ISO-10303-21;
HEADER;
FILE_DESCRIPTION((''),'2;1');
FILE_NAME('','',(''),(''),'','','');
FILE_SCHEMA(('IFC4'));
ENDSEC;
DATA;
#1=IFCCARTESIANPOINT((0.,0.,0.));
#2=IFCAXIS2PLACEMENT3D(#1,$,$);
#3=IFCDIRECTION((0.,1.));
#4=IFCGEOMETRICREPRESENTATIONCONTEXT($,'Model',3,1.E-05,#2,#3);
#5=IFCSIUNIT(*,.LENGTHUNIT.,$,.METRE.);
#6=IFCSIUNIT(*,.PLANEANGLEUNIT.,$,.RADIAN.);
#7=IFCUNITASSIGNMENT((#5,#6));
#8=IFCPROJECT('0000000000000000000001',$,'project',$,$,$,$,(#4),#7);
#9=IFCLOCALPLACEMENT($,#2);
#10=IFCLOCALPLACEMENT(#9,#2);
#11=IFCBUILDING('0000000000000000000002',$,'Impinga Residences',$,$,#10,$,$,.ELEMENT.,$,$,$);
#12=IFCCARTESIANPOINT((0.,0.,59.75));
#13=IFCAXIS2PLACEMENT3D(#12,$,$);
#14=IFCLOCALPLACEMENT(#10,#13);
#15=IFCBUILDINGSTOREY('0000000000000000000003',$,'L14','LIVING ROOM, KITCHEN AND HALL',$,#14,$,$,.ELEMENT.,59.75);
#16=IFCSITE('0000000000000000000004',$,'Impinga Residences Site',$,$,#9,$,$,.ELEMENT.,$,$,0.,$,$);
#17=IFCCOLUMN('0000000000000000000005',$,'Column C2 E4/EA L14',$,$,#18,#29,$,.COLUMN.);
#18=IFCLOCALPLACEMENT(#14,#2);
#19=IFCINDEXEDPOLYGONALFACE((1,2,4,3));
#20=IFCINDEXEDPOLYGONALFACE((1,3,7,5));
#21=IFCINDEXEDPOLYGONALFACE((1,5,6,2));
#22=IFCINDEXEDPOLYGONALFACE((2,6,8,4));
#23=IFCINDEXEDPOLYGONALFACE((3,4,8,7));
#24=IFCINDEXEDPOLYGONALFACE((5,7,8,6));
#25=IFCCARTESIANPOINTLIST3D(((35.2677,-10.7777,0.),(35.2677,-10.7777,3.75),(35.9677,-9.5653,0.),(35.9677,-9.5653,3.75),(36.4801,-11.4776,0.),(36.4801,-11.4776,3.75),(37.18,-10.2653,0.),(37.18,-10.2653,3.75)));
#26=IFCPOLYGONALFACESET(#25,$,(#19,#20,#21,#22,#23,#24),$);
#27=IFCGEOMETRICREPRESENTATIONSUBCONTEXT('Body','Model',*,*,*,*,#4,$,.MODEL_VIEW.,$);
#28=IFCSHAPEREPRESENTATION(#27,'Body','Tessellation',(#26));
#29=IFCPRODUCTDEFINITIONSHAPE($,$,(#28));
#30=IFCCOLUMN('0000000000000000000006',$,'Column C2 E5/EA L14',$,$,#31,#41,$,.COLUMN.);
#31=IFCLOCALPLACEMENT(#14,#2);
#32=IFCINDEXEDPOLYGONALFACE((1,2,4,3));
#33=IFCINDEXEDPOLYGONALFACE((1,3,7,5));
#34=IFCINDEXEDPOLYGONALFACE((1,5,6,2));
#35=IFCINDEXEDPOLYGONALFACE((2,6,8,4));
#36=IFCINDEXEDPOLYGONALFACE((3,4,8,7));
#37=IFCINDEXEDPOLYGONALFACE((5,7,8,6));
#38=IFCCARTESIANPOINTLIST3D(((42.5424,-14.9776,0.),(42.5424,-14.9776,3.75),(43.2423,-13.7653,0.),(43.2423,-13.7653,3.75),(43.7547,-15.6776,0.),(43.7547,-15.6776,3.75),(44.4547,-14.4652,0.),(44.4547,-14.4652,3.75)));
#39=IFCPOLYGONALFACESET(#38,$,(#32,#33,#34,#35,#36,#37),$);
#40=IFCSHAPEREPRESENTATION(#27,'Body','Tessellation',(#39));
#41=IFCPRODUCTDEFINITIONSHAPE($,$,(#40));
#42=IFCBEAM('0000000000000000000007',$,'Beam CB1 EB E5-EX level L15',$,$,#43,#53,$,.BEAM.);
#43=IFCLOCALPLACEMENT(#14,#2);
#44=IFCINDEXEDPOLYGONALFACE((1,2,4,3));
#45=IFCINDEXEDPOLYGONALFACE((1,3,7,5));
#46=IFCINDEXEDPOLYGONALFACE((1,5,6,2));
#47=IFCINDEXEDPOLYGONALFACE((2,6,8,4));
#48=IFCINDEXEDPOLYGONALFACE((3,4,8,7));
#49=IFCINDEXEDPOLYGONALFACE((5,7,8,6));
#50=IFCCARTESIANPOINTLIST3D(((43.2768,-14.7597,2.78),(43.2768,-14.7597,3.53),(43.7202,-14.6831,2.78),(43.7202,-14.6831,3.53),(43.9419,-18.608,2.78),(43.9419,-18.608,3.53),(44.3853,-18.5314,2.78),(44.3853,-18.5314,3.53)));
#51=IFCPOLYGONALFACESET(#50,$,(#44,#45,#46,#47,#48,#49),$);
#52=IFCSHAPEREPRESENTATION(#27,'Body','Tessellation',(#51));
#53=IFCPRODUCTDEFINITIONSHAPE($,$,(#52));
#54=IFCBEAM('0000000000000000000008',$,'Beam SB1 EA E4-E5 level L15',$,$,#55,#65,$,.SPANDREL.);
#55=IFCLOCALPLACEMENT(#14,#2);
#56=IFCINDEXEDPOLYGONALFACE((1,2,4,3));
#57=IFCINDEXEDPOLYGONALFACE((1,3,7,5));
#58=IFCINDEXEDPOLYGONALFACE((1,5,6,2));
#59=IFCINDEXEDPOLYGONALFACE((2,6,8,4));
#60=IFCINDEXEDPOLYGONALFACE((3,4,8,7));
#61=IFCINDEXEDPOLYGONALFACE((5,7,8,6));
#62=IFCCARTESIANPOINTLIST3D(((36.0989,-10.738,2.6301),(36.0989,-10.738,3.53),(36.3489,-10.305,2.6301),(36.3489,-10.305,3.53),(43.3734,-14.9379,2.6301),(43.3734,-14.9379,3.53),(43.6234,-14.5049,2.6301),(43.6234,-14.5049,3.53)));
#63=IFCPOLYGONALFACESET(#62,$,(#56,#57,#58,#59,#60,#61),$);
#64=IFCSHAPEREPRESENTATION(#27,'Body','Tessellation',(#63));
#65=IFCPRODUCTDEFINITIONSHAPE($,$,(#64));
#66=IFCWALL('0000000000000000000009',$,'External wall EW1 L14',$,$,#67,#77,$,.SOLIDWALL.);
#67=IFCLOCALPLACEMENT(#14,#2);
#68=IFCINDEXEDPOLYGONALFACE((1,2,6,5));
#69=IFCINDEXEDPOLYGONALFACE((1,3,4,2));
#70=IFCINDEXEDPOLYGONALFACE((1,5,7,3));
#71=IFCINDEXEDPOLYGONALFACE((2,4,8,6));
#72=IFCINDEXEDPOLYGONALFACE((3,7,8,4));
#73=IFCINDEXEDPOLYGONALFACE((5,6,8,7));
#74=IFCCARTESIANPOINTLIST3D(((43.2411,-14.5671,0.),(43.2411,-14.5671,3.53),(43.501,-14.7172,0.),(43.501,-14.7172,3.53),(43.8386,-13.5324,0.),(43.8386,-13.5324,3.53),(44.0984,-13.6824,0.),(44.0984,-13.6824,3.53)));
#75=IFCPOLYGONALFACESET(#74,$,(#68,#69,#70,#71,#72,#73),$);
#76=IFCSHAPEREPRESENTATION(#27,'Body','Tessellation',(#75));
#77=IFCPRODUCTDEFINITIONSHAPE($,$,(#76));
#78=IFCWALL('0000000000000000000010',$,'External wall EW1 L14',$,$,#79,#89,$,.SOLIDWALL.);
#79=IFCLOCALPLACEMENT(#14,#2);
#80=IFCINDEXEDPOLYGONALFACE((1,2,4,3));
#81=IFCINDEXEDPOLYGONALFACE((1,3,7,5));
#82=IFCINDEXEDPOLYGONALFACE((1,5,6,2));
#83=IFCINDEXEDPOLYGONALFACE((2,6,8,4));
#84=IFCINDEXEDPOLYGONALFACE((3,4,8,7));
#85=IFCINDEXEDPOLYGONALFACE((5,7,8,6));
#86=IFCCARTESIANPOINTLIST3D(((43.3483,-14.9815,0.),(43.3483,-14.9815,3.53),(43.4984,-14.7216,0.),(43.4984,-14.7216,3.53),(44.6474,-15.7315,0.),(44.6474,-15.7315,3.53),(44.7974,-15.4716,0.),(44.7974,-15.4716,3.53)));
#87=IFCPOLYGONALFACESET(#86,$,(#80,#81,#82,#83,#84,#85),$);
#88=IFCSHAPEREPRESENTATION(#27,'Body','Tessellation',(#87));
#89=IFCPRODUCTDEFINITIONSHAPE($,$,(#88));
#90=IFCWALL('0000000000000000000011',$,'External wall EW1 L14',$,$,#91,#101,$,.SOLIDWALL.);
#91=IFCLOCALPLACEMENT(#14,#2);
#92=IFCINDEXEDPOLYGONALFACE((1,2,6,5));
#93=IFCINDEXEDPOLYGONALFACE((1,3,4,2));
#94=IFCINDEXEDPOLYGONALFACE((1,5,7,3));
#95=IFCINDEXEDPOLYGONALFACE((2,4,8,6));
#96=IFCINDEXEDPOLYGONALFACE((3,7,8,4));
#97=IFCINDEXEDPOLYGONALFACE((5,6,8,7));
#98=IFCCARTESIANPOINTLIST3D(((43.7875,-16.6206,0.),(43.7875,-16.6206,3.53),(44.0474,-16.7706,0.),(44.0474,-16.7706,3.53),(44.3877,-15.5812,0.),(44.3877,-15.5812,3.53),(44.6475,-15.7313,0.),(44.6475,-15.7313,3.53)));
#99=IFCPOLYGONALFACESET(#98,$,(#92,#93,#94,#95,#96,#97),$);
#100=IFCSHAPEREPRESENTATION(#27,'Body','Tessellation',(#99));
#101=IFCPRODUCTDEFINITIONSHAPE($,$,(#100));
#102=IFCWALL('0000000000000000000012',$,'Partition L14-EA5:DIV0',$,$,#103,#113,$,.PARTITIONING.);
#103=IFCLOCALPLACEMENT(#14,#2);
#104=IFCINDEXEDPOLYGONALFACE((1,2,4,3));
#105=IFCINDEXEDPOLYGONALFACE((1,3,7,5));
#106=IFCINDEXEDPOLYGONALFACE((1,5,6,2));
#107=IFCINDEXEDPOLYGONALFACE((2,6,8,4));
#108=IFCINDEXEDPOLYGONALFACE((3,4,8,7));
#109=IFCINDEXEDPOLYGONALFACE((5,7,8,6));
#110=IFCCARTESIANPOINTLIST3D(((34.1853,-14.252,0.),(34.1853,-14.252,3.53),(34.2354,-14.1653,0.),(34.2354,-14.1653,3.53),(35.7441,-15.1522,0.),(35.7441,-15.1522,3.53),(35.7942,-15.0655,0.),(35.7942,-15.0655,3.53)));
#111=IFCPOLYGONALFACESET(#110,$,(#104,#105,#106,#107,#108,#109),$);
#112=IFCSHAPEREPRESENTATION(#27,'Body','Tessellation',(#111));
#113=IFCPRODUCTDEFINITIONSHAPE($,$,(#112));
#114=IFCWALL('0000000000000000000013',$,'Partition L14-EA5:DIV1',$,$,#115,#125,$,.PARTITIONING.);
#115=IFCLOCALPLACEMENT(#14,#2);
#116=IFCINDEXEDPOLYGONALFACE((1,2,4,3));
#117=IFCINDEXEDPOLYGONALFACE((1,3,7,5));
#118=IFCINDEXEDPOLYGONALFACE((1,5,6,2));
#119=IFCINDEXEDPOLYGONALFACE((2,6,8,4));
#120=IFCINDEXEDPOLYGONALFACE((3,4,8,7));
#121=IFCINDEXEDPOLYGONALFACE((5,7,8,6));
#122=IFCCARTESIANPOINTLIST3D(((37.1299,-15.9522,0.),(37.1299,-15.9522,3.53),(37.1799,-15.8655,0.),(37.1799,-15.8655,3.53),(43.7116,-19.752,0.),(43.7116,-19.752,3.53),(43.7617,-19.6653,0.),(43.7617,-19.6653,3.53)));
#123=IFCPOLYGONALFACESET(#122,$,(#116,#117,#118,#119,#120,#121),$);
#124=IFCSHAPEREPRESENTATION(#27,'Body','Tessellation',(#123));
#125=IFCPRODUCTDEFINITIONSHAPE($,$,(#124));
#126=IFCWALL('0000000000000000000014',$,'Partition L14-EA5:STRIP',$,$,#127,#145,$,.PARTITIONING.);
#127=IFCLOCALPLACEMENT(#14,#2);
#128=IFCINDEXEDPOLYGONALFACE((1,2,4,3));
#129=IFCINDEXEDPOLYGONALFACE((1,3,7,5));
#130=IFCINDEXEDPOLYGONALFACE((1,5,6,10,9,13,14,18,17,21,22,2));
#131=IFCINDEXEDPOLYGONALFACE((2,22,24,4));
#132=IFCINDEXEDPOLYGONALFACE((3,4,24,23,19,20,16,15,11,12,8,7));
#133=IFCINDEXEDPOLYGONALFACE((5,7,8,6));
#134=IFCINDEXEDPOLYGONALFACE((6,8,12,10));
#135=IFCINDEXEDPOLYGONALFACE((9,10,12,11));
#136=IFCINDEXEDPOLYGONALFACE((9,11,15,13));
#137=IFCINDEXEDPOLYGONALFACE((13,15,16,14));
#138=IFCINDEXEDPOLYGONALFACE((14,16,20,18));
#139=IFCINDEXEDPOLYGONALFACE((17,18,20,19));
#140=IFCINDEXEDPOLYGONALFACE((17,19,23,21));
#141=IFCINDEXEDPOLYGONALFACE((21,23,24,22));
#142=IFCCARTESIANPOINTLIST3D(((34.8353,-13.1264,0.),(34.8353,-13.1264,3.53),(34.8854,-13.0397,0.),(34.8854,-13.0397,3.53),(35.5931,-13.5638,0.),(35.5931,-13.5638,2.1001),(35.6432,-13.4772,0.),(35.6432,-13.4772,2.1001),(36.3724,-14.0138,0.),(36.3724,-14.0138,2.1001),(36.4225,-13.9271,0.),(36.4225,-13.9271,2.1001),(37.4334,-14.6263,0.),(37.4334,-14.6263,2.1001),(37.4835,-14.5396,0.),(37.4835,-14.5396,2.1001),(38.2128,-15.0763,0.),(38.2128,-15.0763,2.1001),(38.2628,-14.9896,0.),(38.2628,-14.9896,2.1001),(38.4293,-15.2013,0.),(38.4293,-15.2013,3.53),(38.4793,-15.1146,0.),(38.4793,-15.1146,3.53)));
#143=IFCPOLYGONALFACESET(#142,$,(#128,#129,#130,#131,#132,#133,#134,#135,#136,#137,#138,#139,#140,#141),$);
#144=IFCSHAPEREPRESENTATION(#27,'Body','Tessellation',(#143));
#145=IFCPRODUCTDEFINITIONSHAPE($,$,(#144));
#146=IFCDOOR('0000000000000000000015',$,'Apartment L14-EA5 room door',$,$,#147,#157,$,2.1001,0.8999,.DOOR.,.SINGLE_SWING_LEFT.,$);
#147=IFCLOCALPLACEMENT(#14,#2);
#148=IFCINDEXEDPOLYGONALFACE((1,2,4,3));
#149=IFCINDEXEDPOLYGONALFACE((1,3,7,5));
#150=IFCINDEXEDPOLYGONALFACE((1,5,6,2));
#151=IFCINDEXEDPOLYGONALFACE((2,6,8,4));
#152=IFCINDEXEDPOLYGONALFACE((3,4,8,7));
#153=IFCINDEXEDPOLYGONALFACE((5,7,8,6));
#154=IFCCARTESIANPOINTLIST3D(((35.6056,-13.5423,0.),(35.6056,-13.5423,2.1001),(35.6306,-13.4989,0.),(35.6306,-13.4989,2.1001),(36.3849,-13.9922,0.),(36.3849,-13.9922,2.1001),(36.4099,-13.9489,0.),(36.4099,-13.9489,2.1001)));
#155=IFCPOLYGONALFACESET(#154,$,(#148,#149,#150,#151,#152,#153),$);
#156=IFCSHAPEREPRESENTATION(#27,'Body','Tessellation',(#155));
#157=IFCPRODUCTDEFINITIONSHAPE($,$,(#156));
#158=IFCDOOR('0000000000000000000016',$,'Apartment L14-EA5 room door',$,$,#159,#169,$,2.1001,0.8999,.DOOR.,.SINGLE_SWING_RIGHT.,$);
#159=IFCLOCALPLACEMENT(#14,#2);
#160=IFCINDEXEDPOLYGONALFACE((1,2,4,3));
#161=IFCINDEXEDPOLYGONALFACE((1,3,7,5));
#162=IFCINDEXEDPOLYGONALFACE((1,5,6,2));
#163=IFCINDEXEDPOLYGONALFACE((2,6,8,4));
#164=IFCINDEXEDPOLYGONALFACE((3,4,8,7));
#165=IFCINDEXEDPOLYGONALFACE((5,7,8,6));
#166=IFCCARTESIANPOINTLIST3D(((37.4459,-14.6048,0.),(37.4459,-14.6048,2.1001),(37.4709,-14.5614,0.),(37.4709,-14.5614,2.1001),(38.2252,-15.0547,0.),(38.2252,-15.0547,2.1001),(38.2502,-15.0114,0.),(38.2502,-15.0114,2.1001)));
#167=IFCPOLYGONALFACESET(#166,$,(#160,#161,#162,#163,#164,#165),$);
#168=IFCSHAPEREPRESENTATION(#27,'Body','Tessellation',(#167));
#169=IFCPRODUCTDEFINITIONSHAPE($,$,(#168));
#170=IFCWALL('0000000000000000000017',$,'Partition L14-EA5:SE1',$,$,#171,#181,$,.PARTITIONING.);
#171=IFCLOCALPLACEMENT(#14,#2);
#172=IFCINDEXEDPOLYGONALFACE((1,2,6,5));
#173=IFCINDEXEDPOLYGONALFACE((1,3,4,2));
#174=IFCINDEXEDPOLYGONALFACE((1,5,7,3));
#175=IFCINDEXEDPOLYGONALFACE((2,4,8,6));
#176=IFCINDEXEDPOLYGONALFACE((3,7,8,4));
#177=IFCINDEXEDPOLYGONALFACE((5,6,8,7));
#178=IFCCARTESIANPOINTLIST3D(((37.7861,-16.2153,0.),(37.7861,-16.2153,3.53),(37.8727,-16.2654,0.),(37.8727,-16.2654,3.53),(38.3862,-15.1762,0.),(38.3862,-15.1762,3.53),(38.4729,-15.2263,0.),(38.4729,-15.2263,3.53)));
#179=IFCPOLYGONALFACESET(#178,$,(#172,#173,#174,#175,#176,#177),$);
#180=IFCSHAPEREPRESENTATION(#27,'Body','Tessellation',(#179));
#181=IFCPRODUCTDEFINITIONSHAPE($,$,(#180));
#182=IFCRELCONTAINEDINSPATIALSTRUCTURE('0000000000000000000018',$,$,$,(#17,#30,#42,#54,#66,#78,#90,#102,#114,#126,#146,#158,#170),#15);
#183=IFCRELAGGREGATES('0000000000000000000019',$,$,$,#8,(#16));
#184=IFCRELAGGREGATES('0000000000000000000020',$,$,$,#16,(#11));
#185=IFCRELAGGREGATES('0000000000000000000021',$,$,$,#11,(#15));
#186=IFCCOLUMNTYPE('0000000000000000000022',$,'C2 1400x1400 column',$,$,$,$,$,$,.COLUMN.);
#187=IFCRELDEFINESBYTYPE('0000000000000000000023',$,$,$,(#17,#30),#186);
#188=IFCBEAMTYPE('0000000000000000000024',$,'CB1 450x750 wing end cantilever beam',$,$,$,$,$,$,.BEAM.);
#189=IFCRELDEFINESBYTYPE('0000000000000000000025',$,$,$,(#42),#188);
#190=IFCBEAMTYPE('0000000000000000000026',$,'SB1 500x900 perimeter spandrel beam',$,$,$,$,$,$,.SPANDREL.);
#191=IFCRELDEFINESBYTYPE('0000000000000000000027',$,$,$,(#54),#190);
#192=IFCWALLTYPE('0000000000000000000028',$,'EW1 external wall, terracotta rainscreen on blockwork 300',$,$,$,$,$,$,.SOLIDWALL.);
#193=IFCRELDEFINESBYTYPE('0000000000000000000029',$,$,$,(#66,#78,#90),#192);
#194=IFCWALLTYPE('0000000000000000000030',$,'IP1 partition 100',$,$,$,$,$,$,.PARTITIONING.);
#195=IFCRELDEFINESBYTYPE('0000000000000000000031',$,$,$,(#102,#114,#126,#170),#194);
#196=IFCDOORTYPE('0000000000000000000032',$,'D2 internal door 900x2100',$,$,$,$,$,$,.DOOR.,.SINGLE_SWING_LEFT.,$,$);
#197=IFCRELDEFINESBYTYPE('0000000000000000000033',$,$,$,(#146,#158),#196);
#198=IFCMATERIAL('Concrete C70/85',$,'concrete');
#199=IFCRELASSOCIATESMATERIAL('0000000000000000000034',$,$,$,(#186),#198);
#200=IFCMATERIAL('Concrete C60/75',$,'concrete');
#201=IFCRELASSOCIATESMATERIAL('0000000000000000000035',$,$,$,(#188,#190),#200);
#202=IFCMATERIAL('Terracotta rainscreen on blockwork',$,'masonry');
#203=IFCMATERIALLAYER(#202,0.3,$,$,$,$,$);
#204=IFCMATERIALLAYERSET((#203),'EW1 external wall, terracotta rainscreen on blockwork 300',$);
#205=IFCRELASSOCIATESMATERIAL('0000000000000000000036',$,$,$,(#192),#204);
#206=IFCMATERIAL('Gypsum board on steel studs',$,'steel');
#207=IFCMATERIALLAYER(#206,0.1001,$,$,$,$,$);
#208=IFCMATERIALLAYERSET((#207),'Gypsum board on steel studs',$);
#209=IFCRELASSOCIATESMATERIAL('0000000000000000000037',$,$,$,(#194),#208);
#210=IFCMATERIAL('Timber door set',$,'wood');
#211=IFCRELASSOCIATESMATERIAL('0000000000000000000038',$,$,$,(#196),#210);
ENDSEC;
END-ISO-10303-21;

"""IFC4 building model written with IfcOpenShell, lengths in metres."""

from ifc_helpers import new_model, si_unit, direction, frame, frame_2d, origin, origin_2d, place, context, subcontext, project, spatial, rectangle, extrude, material, layer, layer_set, material_profile, profile_set, type_object, element, fill, save


model = new_model("IFC4")

# Units and contexts
model_context = context("Model", 3, precision=1e-05, world=origin(), true_north=direction((0.0, 1.0)))
body_context = subcontext(model_context, "Body", "Model", "MODEL_VIEW")
ifc_project = project(units=[si_unit("LENGTHUNIT", "METRE"), si_unit("PLANEANGLEUNIT", "RADIAN")], contexts=[model_context])

# Site, building, storey
site_placement = place(None, origin())
site = spatial("IfcSite", under=ifc_project, at=site_placement, Name="Impinga Residences Site", CompositionType="ELEMENT", RefElevation=0.0)
building_placement = place(site_placement, origin())
building = spatial("IfcBuilding", under=site, at=building_placement, Name="Impinga Residences", CompositionType="ELEMENT")
storey_placement = place(building_placement, frame((0.0, 0.0, 59.75)))
storey = spatial("IfcBuildingStorey", under=building, at=storey_placement, Name="L14", Description="LIVING ROOM, KITCHEN AND HALL", CompositionType="ELEMENT", Elevation=59.75)

# Columns
ifc_material_1 = material(Name="Concrete C70/85", Category="concrete")
ifc_material_profile_1 = material_profile(ifc_material_1, rectangle(XDim=1.3999, YDim=1.3999, at=origin_2d()), Name="RC 1400x1400")
ifc_profile_set_1 = profile_set([ifc_material_profile_1], Name="Concrete C70/85")
column_type = type_object("IfcColumnType", Name="C2 1400x1400 column", PredefinedType="COLUMN", material=ifc_profile_set_1)
for number, where, z_axis, x_axis, name in (
    (1, (36.2239, -10.5215, 0.0), (0.0, 0.0, 1.0), (-0.5, -0.866025, 0.0), "Column C2 E4/EA L14"),
    (2, (43.4985, -14.7214, 0.0), (0.0, 0.0, 1.0), (-0.5, -0.866025, 0.0), "Column C2 E5/EA L14"),
):
    element("IfcColumn", number, at=place(storey_placement, frame(where, z_axis=z_axis, x_axis=x_axis)), inside=storey, type_object=column_type, Name=name, PredefinedType="COLUMN", context=body_context, shape_type="SweptSolid", body=[
        extrude(rectangle(XDim=1.3999, YDim=1.3999, at=origin_2d()), origin(), (0.0, 0.0, 1.0), 3.75),
    ])

# Beams
ifc_material_2 = material(Name="Concrete C60/75", Category="concrete")
ifc_material_profile_2 = material_profile(ifc_material_2, rectangle(XDim=0.45, YDim=0.75, at=origin_2d()), Name="RC 450x750")
ifc_profile_set_2 = profile_set([ifc_material_profile_2], Name="Concrete C60/75")
beam_type_1 = type_object("IfcBeamType", Name="CB1 450x750 wing end cantilever beam", PredefinedType="BEAM", material=ifc_profile_set_2)
beam_1_placement = place(storey_placement, frame((43.4985, -14.7214, 3.155), z_axis=(0.170296, -0.985393, 0.0), x_axis=(0.985393, 0.170296, 0.0)))
element("IfcBeam", 3, at=beam_1_placement, inside=storey, type_object=beam_type_1, Name="Beam CB1 EB E5-EX level L15", PredefinedType="BEAM", context=body_context, shape_type="SweptSolid", body=[
    extrude(rectangle(XDim=0.45, YDim=0.75, at=origin_2d()), origin(), (0.0, 0.0, 1.0), 3.9053),
])
ifc_material_profile_3 = material_profile(ifc_material_2, rectangle(XDim=0.5, YDim=0.8999, at=origin_2d()), Name="RC 500x900")
ifc_profile_set_3 = profile_set([ifc_material_profile_3], Name="Concrete C60/75")
beam_type_2 = type_object("IfcBeamType", Name="SB1 500x900 perimeter spandrel beam", PredefinedType="SPANDREL", material=ifc_profile_set_3)
beam_2_placement = place(storey_placement, frame((36.2239, -10.5215, 3.0801), z_axis=(0.866029, -0.499993, 0.0), x_axis=(0.499993, 0.866029, 0.0)))
element("IfcBeam", 4, at=beam_2_placement, inside=storey, type_object=beam_type_2, Name="Beam SB1 EA E4-E5 level L15", PredefinedType="SPANDREL", context=body_context, shape_type="SweptSolid", body=[
    extrude(rectangle(XDim=0.5, YDim=0.8999, at=origin_2d()), origin(), (0.0, 0.0, 1.0), 8.3999),
])

# Walls
ifc_material_3 = material(Name="Terracotta rainscreen on blockwork", Category="masonry")
ifc_layer_1 = layer(ifc_material_3, 0.3)
ifc_layer_set_1 = layer_set([ifc_layer_1], Name="EW1 external wall, terracotta rainscreen on blockwork 300")
wall_type_1 = type_object("IfcWallType", Name="EW1 external wall, terracotta rainscreen on blockwork 300", PredefinedType="SOLIDWALL", material=ifc_layer_set_1)
wall_1_placement = place(storey_placement, frame((43.9685, -13.6074, 0.0), z_axis=(0.0, 0.0, 1.0), x_axis=(-0.500029, -0.866009, 0.0)))
element("IfcWall", 5, at=wall_1_placement, inside=storey, type_object=wall_type_1, Name="External wall EW1 L14", PredefinedType="SOLIDWALL", context=body_context, shape_type="SweptSolid", body=[
    extrude(rectangle(XDim=1.1948, YDim=0.3, at=frame_2d((0.5974, 0.0))), origin(), (0.0, 0.0, 1.0), 3.53),
])
wall_2_placement = place(storey_placement, frame((43.4233, -14.8516, 0.0), z_axis=(0.0, 0.0, 1.0), x_axis=(0.866031, -0.49999, 0.0)))
element("IfcWall", 6, at=wall_2_placement, inside=storey, type_object=wall_type_1, Name="External wall EW1 L14", PredefinedType="SOLIDWALL", context=body_context, shape_type="SweptSolid", body=[
    extrude(rectangle(XDim=1.5, YDim=0.3, at=frame_2d((0.75, 0.0))), origin(), (0.0, 0.0, 1.0), 3.53),
])
wall_3_placement = place(storey_placement, frame((44.5176, -15.6562, 0.0), z_axis=(0.0, 0.0, 1.0), x_axis=(-0.500034, -0.866006, 0.0)))
element("IfcWall", 7, at=wall_3_placement, inside=storey, type_object=wall_type_1, Name="External wall EW1 L14", PredefinedType="SOLIDWALL", context=body_context, shape_type="SweptSolid", body=[
    extrude(rectangle(XDim=1.2002, YDim=0.3, at=frame_2d((0.6001, 0.0))), origin(), (0.0, 0.0, 1.0), 3.53),
])
ifc_material_4 = material(Name="Gypsum board on steel studs", Category="steel")
ifc_layer_2 = layer(ifc_material_4, 0.1001)
ifc_layer_set_2 = layer_set([ifc_layer_2], Name="Gypsum board on steel studs")
wall_type_2 = type_object("IfcWallType", Name="IP1 partition 100", PredefinedType="PARTITIONING", material=ifc_layer_set_2)
wall_4_placement = place(storey_placement, frame((34.2104, -14.2087, 0.0), z_axis=(0.0, 0.0, 1.0), x_axis=(0.865989, -0.500063, 0.0)))
element("IfcWall", 8, at=wall_4_placement, inside=storey, type_object=wall_type_2, Name="Partition L14-EA5:DIV0", PredefinedType="PARTITIONING", context=body_context, shape_type="SweptSolid", body=[
    extrude(rectangle(XDim=1.8, YDim=0.1001, at=frame_2d((0.8999, 0.0))), origin(), (0.0, 0.0, 1.0), 3.53),
])
wall_5_placement = place(storey_placement, frame((37.155, -15.9089, 0.0), z_axis=(0.0, 0.0, 1.0), x_axis=(0.866036, -0.499981, 0.0)))
element("IfcWall", 9, at=wall_5_placement, inside=storey, type_object=wall_type_2, Name="Partition L14-EA5:DIV1", PredefinedType="PARTITIONING", context=body_context, shape_type="SweptSolid", body=[
    extrude(rectangle(XDim=7.5999, YDim=0.1001, at=frame_2d((3.7998, 0.0))), origin(), (0.0, 0.0, 1.0), 3.53),
])

# Wall, openings, doors
wall_6_placement = place(storey_placement, frame((34.8604, -13.083, 0.0), z_axis=(0.0, 0.0, 1.0), x_axis=(0.86603, -0.499992, 0.0)))
wall_6 = element("IfcWall", 10, at=wall_6_placement, inside=storey, type_object=wall_type_2, Name="Partition L14-EA5:STRIP", PredefinedType="PARTITIONING", context=body_context, shape_type="SweptSolid", body=[
    extrude(rectangle(XDim=4.1499, YDim=0.1001, at=frame_2d((2.075, 0.0))), origin(), (0.0, 0.0, 1.0), 3.53),
])
opening_1_placement = place(wall_6_placement, frame((0.875, 0.0, 0.0)))
opening_1 = element("IfcOpeningElement", 11, at=opening_1_placement, cuts=wall_6, PredefinedType="OPENING", context=body_context, shape_type="SweptSolid", body=[
    extrude(rectangle(XDim=0.8999, YDim=2.1001, at=frame_2d((0.45, 1.05))), frame((0.0, 0.0601, 0.0), z_axis=(0.0, -1.0, 0.0), x_axis=(1.0, 0.0, 0.0)), (0.0, 0.0, 1.0), 0.1201),
])
opening_2_placement = place(wall_6_placement, frame((3.0, 0.0, 0.0)))
opening_2 = element("IfcOpeningElement", 12, at=opening_2_placement, cuts=wall_6, PredefinedType="OPENING", context=body_context, shape_type="SweptSolid", body=[
    extrude(rectangle(XDim=0.8999, YDim=2.1001, at=frame_2d((0.45, 1.05))), frame((0.0, 0.0601, 0.0), z_axis=(0.0, -1.0, 0.0), x_axis=(1.0, 0.0, 0.0)), (0.0, 0.0, 1.0), 0.1201),
])
ifc_material_5 = material(Name="Timber door set", Category="wood")
door_type = type_object("IfcDoorType", Name="D2 internal door 900x2100", OperationType="SINGLE_SWING_LEFT", PredefinedType="DOOR", material=ifc_material_5)
door_1_placement = place(opening_1_placement, origin())
door_1 = element("IfcDoor", 13, at=door_1_placement, inside=storey, type_object=door_type, Name="Apartment L14-EA5 room door", OperationType="SINGLE_SWING_LEFT", OverallHeight=2.1001, OverallWidth=0.8999, PredefinedType="DOOR", context=body_context, shape_type="SweptSolid", body=[
    extrude(rectangle(XDim=0.8999, YDim=2.1001, at=frame_2d((0.45, 1.05))), frame((0.0, 0.0249, 0.0), z_axis=(0.0, -1.0, 0.0), x_axis=(1.0, 0.0, 0.0)), (0.0, 0.0, 1.0), 0.05),
])
fill(opening_1, door_1)
door_2_placement = place(opening_2_placement, origin())
door_2 = element("IfcDoor", 14, at=door_2_placement, inside=storey, type_object=door_type, Name="Apartment L14-EA5 room door", OperationType="SINGLE_SWING_RIGHT", OverallHeight=2.1001, OverallWidth=0.8999, PredefinedType="DOOR", context=body_context, shape_type="SweptSolid", body=[
    extrude(rectangle(XDim=0.8999, YDim=2.1001, at=frame_2d((0.45, 1.05))), frame((0.0, 0.0249, 0.0), z_axis=(0.0, -1.0, 0.0), x_axis=(1.0, 0.0, 0.0)), (0.0, 0.0, 1.0), 0.05),
])
fill(opening_2, door_2)

# Wall
wall_7_placement = place(storey_placement, frame((37.8293, -16.2405, 0.0), z_axis=(0.0, 0.0, 1.0), x_axis=(0.500122, 0.865955, 0.0)))
element("IfcWall", 15, at=wall_7_placement, inside=storey, type_object=wall_type_2, Name="Partition L14-EA5:SE1", PredefinedType="PARTITIONING", context=body_context, shape_type="SweptSolid", body=[
    extrude(rectangle(XDim=1.2, YDim=0.1001, at=frame_2d((0.6001, 0.0))), origin(), (0.0, 0.0, 1.0), 3.53),
])

save(model, "model.ifc")
